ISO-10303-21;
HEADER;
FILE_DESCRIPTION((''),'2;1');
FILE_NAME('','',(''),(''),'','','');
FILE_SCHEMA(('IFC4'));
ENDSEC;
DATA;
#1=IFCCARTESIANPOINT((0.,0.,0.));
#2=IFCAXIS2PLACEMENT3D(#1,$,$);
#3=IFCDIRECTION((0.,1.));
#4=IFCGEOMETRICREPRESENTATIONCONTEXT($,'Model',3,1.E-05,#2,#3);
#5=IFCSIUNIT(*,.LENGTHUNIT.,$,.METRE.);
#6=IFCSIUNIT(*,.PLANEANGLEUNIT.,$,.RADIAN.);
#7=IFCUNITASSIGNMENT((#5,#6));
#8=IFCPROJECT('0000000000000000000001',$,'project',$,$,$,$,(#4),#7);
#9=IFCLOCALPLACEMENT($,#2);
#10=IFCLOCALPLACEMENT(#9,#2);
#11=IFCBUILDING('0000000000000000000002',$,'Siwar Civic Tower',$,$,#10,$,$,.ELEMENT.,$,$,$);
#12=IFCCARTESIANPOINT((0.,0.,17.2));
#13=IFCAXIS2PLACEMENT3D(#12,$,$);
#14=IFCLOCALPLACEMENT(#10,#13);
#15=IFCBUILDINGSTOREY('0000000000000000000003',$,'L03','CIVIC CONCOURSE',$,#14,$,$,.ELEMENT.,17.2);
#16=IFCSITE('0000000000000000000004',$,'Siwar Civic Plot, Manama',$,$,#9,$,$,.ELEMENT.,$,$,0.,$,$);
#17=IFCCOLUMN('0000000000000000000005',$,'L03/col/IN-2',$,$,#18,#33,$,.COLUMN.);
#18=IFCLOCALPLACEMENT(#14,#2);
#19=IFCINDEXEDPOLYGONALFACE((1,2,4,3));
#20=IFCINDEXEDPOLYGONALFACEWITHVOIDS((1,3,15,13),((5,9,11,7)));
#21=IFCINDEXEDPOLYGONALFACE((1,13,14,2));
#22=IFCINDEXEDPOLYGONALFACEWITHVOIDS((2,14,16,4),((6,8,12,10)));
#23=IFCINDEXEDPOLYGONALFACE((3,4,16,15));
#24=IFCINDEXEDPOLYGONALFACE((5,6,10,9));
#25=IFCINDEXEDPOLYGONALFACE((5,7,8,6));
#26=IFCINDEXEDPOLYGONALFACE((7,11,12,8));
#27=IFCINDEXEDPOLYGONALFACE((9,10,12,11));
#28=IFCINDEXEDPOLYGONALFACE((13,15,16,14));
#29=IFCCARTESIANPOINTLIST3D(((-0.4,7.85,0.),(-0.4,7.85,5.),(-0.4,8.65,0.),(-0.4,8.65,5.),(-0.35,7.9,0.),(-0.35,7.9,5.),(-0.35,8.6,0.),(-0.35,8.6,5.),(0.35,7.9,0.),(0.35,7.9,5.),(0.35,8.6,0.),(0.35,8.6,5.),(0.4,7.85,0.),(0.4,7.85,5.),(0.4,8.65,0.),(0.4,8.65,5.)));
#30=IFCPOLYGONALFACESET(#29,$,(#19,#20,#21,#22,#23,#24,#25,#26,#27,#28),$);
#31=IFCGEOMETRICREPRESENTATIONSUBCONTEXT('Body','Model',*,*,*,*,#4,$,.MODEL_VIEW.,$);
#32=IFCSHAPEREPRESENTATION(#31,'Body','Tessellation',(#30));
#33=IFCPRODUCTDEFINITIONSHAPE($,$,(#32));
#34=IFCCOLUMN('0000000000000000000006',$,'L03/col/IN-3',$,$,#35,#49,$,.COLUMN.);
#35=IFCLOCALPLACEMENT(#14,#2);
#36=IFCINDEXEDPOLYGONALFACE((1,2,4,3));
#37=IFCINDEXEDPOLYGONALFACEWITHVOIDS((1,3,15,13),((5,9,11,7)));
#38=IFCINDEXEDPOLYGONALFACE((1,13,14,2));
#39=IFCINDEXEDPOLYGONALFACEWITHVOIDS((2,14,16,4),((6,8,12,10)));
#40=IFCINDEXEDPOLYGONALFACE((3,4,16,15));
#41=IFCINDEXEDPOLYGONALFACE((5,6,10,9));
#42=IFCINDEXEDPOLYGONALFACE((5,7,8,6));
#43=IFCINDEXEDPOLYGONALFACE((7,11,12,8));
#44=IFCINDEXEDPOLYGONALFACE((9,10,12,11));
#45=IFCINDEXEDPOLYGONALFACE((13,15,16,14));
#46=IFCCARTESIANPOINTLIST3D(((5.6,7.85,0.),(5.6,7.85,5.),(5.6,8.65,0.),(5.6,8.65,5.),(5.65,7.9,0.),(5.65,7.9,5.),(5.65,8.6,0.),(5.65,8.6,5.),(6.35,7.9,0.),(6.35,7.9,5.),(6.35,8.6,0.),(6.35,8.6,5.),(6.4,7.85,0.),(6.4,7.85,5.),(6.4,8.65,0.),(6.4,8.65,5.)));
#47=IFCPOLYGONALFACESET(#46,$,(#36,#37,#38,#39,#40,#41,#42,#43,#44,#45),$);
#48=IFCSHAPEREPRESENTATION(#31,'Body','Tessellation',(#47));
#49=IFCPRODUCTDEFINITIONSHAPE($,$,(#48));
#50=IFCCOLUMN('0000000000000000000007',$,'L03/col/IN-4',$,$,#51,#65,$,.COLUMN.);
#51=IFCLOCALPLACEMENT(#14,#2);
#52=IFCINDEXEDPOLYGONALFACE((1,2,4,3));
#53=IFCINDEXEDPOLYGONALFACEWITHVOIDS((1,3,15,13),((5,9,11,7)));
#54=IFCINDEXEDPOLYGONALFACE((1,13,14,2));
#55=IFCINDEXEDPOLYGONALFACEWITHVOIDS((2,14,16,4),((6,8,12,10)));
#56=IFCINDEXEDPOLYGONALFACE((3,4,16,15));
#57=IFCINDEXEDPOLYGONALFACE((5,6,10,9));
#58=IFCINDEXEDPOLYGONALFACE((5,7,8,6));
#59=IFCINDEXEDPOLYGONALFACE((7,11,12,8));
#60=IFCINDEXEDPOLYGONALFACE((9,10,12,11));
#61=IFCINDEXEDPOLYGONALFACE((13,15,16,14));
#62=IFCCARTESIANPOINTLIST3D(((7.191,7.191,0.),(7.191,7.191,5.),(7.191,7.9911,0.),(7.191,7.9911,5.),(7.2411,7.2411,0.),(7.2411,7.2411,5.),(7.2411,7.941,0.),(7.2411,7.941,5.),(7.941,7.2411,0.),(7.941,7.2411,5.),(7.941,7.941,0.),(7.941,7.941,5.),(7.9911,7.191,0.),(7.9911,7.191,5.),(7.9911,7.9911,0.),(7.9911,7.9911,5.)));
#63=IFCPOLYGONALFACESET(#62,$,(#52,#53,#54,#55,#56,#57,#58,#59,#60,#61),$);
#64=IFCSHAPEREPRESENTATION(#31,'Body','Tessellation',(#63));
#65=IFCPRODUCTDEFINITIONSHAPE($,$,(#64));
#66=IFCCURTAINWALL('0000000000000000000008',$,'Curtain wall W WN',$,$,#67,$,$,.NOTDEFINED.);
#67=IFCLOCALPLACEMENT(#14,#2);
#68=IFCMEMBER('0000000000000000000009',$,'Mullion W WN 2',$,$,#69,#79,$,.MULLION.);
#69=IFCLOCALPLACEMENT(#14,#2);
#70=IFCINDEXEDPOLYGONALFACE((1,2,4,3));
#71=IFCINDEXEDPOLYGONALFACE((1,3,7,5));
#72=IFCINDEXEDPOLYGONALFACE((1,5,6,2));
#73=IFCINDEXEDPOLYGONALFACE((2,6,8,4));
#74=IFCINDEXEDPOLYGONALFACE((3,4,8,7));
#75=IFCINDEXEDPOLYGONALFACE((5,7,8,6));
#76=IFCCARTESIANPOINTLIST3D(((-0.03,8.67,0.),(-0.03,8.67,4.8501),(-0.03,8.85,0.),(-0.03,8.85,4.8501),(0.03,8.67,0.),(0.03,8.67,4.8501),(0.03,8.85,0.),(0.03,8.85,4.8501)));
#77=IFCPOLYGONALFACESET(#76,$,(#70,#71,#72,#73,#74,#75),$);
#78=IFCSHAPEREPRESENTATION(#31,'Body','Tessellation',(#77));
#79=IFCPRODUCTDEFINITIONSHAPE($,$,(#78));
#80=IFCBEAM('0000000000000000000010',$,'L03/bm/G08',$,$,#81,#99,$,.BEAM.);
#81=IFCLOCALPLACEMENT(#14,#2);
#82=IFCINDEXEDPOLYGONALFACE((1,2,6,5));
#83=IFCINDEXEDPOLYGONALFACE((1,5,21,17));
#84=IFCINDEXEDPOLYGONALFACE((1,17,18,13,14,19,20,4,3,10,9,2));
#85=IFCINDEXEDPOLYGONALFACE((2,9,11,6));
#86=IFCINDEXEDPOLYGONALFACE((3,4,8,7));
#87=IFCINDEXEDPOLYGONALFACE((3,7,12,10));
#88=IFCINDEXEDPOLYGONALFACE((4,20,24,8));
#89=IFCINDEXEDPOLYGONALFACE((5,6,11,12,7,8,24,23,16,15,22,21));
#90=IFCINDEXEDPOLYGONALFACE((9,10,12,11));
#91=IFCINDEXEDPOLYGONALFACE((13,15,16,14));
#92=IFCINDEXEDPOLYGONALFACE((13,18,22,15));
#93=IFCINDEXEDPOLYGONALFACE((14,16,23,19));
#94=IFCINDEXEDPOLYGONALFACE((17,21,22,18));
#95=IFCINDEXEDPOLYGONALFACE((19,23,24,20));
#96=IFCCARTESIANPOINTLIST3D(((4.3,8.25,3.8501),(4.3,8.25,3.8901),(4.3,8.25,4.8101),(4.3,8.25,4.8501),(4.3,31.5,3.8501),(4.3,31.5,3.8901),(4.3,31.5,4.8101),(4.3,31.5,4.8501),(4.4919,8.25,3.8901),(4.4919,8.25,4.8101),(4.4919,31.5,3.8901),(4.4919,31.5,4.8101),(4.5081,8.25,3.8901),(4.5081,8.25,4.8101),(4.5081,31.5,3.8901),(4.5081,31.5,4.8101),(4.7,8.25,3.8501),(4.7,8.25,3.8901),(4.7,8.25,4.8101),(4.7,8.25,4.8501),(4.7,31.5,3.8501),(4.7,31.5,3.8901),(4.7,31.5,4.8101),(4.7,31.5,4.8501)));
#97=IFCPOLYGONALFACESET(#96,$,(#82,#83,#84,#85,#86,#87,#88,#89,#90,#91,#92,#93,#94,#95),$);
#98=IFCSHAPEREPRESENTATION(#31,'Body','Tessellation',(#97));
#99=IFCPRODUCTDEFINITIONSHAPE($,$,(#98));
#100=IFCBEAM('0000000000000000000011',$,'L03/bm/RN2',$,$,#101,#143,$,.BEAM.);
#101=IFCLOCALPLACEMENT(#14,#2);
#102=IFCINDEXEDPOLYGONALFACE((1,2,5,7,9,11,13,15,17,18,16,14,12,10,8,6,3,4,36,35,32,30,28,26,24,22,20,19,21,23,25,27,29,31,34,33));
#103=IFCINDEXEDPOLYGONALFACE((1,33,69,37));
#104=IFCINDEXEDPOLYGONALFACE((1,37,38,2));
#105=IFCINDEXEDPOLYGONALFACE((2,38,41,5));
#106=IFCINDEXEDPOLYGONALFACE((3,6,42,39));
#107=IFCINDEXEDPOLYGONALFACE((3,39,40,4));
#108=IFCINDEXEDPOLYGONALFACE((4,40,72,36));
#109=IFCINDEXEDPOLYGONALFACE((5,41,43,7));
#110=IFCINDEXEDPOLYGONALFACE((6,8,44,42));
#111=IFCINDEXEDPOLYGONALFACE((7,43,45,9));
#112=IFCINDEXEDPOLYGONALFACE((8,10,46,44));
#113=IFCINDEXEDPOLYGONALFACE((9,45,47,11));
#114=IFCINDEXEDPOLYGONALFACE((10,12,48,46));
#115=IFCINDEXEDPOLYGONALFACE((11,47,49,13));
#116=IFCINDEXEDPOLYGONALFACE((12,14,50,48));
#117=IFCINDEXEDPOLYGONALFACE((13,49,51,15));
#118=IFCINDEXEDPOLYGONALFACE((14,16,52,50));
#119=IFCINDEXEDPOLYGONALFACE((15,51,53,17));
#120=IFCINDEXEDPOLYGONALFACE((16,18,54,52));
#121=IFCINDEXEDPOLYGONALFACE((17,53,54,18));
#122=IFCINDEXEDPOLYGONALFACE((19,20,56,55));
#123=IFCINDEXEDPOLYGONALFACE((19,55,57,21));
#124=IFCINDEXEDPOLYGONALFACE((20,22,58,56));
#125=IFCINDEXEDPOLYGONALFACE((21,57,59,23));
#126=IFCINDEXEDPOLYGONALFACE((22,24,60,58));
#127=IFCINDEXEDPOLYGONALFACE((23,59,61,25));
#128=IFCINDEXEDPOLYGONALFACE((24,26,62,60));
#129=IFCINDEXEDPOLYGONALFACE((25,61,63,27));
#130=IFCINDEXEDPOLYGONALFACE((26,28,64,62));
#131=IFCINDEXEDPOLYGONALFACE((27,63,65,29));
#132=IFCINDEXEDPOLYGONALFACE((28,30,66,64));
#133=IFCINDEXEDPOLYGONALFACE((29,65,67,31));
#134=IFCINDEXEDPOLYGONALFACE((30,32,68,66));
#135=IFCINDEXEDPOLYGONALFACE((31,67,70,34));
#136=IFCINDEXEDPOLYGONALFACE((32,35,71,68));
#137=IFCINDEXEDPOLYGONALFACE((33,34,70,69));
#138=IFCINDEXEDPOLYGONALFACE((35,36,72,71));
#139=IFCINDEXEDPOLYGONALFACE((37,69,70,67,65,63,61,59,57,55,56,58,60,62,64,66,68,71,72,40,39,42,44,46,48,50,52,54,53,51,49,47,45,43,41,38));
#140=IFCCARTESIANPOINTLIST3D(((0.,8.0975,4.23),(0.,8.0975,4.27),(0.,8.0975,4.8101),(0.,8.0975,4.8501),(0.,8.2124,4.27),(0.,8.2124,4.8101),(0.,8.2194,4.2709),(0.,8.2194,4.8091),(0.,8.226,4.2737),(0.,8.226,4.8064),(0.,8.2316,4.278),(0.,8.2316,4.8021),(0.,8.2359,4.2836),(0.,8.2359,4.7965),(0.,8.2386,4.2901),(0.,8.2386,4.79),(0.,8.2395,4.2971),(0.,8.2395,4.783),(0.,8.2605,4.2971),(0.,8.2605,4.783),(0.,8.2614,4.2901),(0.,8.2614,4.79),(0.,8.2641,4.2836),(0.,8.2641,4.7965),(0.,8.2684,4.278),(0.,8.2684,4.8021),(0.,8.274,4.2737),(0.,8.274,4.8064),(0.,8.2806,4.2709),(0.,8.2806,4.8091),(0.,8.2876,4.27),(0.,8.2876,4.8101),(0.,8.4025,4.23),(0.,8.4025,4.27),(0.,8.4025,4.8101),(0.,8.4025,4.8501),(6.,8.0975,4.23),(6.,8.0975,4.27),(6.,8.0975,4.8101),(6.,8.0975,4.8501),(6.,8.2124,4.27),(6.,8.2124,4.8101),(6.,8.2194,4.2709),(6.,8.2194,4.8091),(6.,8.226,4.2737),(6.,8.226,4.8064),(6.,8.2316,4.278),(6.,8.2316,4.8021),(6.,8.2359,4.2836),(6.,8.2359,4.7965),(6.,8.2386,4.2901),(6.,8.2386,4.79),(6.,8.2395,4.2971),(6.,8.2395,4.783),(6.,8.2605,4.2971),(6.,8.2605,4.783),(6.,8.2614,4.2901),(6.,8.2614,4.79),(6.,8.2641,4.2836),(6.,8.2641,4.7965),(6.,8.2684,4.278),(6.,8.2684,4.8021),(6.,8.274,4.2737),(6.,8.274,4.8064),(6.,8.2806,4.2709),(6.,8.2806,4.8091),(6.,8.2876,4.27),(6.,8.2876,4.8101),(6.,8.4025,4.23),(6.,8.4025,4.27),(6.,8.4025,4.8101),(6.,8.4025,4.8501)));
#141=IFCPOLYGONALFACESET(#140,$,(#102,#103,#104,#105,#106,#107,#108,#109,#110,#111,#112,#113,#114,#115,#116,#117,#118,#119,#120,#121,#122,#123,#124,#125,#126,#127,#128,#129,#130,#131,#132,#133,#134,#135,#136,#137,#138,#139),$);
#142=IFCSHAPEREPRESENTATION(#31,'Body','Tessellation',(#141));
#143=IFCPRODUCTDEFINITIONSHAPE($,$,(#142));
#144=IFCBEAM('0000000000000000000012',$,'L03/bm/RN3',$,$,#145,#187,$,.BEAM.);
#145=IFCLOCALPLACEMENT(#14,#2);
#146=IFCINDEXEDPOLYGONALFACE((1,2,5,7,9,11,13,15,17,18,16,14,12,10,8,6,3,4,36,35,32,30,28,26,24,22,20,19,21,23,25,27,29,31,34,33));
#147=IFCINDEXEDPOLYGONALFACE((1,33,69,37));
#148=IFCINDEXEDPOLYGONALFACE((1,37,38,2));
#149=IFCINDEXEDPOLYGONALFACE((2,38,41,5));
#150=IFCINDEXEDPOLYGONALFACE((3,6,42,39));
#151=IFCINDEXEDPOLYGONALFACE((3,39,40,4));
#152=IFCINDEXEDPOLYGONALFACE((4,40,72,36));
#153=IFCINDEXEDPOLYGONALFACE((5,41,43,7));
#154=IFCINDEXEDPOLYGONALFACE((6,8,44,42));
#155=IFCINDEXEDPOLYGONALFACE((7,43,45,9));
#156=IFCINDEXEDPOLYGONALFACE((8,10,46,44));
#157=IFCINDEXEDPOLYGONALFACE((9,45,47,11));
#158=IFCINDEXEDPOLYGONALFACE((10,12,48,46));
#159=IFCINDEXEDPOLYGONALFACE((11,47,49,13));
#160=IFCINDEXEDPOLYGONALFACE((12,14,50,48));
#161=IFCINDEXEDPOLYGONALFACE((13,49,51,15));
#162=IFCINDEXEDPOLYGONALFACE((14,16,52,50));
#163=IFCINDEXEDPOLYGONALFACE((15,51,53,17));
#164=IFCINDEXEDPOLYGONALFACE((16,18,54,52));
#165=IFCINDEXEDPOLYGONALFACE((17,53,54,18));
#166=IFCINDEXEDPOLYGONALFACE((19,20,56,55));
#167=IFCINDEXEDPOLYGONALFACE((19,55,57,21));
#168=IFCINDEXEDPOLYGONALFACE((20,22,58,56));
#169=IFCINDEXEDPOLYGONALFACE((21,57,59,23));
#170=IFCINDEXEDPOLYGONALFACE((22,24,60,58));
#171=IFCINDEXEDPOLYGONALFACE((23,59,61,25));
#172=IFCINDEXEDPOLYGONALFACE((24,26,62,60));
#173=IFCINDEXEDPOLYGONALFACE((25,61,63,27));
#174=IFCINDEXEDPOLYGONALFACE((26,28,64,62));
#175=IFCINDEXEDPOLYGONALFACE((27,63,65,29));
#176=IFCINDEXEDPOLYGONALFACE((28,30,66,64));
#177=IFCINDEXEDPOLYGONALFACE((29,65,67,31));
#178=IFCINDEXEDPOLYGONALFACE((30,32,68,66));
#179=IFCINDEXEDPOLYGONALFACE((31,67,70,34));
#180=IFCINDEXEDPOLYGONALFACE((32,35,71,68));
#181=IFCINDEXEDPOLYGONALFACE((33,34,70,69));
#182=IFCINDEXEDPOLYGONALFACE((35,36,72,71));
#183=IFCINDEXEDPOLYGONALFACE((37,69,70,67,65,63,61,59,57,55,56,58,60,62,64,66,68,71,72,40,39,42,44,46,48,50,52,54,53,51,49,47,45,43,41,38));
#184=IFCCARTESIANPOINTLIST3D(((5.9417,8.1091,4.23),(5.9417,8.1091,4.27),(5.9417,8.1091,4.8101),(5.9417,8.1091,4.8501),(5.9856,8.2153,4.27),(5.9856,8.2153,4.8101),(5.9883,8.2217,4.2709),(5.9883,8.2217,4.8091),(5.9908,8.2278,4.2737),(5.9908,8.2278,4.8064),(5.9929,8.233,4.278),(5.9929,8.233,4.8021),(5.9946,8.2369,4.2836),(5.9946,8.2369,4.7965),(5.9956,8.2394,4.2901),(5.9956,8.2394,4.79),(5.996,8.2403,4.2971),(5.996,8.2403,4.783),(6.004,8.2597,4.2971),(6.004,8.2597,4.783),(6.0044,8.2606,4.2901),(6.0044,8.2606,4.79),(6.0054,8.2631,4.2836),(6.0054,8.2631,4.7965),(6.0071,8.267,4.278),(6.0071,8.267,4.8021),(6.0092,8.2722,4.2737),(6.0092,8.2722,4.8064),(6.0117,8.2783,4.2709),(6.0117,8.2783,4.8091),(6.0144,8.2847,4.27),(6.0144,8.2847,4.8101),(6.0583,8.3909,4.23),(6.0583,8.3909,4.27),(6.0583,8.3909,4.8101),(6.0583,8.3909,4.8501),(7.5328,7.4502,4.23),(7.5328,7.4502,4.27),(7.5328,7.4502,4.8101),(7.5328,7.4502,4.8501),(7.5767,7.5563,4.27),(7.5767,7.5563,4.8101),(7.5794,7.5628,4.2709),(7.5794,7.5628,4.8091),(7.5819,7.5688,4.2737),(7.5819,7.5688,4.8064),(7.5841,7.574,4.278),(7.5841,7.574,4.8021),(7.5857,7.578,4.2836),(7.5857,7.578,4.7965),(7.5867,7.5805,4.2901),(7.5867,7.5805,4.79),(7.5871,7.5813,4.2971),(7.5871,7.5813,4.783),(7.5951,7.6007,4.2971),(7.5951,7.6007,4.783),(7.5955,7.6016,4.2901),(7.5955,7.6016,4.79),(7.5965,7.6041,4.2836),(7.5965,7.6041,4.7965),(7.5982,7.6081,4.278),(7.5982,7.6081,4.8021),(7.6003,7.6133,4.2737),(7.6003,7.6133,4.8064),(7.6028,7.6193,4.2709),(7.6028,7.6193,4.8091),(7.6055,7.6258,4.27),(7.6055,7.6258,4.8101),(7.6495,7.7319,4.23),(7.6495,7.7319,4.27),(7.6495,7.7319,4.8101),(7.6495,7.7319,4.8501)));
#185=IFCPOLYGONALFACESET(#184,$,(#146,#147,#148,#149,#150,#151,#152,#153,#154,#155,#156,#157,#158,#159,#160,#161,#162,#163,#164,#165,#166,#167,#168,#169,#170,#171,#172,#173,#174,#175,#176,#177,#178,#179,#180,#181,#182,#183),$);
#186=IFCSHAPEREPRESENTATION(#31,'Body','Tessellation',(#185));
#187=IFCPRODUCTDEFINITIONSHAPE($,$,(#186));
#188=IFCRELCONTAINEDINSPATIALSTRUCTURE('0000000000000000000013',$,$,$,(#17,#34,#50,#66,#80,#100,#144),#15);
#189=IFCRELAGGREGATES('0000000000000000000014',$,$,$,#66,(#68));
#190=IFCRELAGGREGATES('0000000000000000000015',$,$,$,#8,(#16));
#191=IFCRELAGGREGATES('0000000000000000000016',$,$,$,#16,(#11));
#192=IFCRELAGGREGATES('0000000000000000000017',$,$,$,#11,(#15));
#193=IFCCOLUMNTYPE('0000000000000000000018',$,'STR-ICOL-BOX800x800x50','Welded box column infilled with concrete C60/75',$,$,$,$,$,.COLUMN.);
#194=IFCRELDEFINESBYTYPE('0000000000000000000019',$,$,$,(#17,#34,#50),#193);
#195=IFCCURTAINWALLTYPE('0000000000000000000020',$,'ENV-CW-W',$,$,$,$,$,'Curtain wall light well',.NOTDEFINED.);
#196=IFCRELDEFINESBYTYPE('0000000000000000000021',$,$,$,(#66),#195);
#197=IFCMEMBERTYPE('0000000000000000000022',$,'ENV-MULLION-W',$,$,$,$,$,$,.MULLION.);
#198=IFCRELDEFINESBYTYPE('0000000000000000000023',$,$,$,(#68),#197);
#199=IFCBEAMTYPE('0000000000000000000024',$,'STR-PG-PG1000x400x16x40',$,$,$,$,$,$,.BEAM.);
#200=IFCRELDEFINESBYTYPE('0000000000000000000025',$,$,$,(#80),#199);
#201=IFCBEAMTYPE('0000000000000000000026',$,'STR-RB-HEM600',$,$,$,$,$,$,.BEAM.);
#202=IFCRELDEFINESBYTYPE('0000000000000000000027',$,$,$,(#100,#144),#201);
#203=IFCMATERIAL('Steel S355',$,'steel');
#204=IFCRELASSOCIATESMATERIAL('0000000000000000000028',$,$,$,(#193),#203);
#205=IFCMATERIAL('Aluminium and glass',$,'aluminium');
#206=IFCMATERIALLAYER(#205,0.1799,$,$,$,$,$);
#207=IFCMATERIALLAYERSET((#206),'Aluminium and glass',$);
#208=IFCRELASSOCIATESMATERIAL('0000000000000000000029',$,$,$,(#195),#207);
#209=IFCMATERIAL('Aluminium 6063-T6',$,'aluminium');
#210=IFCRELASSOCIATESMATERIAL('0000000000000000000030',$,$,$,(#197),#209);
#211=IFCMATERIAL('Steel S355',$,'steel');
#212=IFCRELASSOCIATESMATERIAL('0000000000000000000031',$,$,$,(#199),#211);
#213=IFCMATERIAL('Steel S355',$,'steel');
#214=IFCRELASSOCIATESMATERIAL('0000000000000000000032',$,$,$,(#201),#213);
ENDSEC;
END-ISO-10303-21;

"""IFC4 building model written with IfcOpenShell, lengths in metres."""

from ifc_helpers import new_model, si_unit, direction, frame, origin, origin_2d, place, context, subcontext, project, spatial, rectangle, hollow_rectangle, i_section, extrude, material, layer, layer_set, material_profile, profile_set, type_object, element, aggregate, save


model = new_model("IFC4")

# Units and contexts
model_context = context("Model", 3, precision=1e-05, world=origin(), true_north=direction((0.0, 1.0)))
body_context = subcontext(model_context, "Body", "Model", "MODEL_VIEW")
ifc_project = project(units=[si_unit("LENGTHUNIT", "METRE"), si_unit("PLANEANGLEUNIT", "RADIAN")], contexts=[model_context])

# Site, building, storey
site_placement = place(None, origin())
site = spatial("IfcSite", under=ifc_project, at=site_placement, Name="Siwar Civic Plot, Manama", CompositionType="ELEMENT", RefElevation=0.0)
building_placement = place(site_placement, origin())
building = spatial("IfcBuilding", under=site, at=building_placement, Name="Siwar Civic Tower", CompositionType="ELEMENT")
storey_placement = place(building_placement, frame((0.0, 0.0, 17.2)))
storey = spatial("IfcBuildingStorey", under=building, at=storey_placement, Name="L03", Description="CIVIC CONCOURSE", CompositionType="ELEMENT", Elevation=17.2)

# Columns
ifc_material_1 = material(Name="Steel S355", Category="steel")
ifc_material_profile_1 = material_profile(ifc_material_1, hollow_rectangle(XDim=0.8, YDim=0.8, WallThickness=0.05, at=origin_2d()), Name="BOX800x800x50")
ifc_profile_set_1 = profile_set([ifc_material_profile_1], Name="Steel S355")
column_type = type_object("IfcColumnType", Name="STR-ICOL-BOX800x800x50", Description="Welded box column infilled with concrete C60/75", PredefinedType="COLUMN", material=ifc_profile_set_1)
for number, where, z_axis, x_axis, name in (
    (1, (0.0, 8.25, 0.0), (0.0, 0.0, 1.0), (1.0, 0.0, 0.0), "L03/col/IN-2"),
    (2, (6.0, 8.25, 0.0), (0.0, 0.0, 1.0), (1.0, 0.0, 0.0), "L03/col/IN-3"),
    (3, (7.5911, 7.5911, 0.0), (0.0, 0.0, 1.0), (1.0, 0.0, 0.0), "L03/col/IN-4"),
):
    element("IfcColumn", number, at=place(storey_placement, frame(where, z_axis=z_axis, x_axis=x_axis)), inside=storey, type_object=column_type, Name=name, PredefinedType="COLUMN", context=body_context, shape_type="SweptSolid", body=[
        extrude(hollow_rectangle(XDim=0.8, YDim=0.8, WallThickness=0.05, at=origin_2d()), origin(), (0.0, 0.0, 1.0), 5.0),
    ])

# Curtain wall, member
ifc_material_2 = material(Name="Aluminium and glass", Category="aluminium")
ifc_layer_1 = layer(ifc_material_2, 0.1799)
ifc_layer_set_1 = layer_set([ifc_layer_1], Name="Aluminium and glass")
curtain_wall_type = type_object("IfcCurtainWallType", Name="ENV-CW-W", ElementType="Curtain wall light well", PredefinedType="NOTDEFINED", material=ifc_layer_set_1)
curtain_wall_placement = place(storey_placement, origin())
curtain_wall = element("IfcCurtainWall", 4, at=curtain_wall_placement, inside=storey, type_object=curtain_wall_type, Name="Curtain wall W WN", PredefinedType="NOTDEFINED")
ifc_material_3 = material(Name="Aluminium 6063-T6", Category="aluminium")
ifc_material_profile_2 = material_profile(ifc_material_3, rectangle(XDim=0.1799, YDim=0.0601, at=origin_2d()), Name="AL 180x60")
ifc_profile_set_2 = profile_set([ifc_material_profile_2], Name="Aluminium 6063-T6")
member_type = type_object("IfcMemberType", Name="ENV-MULLION-W", PredefinedType="MULLION", material=ifc_profile_set_2)
member_placement = place(storey_placement, frame((0.0, 8.76, 0.0), z_axis=(0.0, 0.0, 1.0), x_axis=(0.0, -1.0, 0.0)))
member = element("IfcMember", 5, at=member_placement, type_object=member_type, Name="Mullion W WN 2", PredefinedType="MULLION", context=body_context, shape_type="SweptSolid", body=[
    extrude(rectangle(XDim=0.1799, YDim=0.0601, at=origin_2d()), origin(), (0.0, 0.0, 1.0), 4.8501),
])
aggregate(curtain_wall, [member])

# Beams
ifc_material_4 = material(Name="Steel S355", Category="steel")
ifc_material_profile_3 = material_profile(ifc_material_4, i_section(OverallWidth=0.3999, OverallDepth=1.0, WebThickness=0.0161, FlangeThickness=0.04, at=origin_2d()), Name="PG1000x400x16x40")
ifc_profile_set_3 = profile_set([ifc_material_profile_3], Name="Steel S355")
beam_type_1 = type_object("IfcBeamType", Name="STR-PG-PG1000x400x16x40", PredefinedType="BEAM", material=ifc_profile_set_3)
beam_1_placement = place(storey_placement, frame((4.5, 8.25, 4.3501), z_axis=(0.0, 1.0, 0.0), x_axis=(-1.0, 0.0, 0.0)))
element("IfcBeam", 6, at=beam_1_placement, inside=storey, type_object=beam_type_1, Name="L03/bm/G08", PredefinedType="BEAM", context=body_context, shape_type="SweptSolid", body=[
    extrude(i_section(OverallWidth=0.3999, OverallDepth=1.0, WebThickness=0.0161, FlangeThickness=0.04, at=origin_2d()), origin(), (0.0, 0.0, 1.0), 23.25),
])
ifc_material_5 = material(Name="Steel S355", Category="steel")
ifc_material_profile_4 = material_profile(ifc_material_5, i_section(OverallWidth=0.3049, OverallDepth=0.6201, WebThickness=0.021, FlangeThickness=0.04, FilletRadius=0.0271, at=origin_2d()), Name="HEM600")
ifc_profile_set_4 = profile_set([ifc_material_profile_4], Name="Steel S355")
beam_type_2 = type_object("IfcBeamType", Name="STR-RB-HEM600", PredefinedType="BEAM", material=ifc_profile_set_4)
beam_2_placement = place(storey_placement, frame((0.0, 8.25, 4.54), z_axis=(1.0, 0.0, 0.0), x_axis=(0.0, 1.0, 0.0)))
element("IfcBeam", 7, at=beam_2_placement, inside=storey, type_object=beam_type_2, Name="L03/bm/RN2", PredefinedType="BEAM", context=body_context, shape_type="SweptSolid", body=[
    extrude(i_section(OverallWidth=0.3049, OverallDepth=0.6201, WebThickness=0.021, FlangeThickness=0.04, FilletRadius=0.0271, at=origin_2d()), origin(), (0.0, 0.0, 1.0), 6.0),
])
for number, where, z_axis, x_axis, name in (
    (8, (6.0, 8.25, 4.54), (0.923901, -0.382631, 0.0), (0.382631, 0.923901, 0.0), "L03/bm/RN3"),
):
    element("IfcBeam", number, at=place(storey_placement, frame(where, z_axis=z_axis, x_axis=x_axis)), inside=storey, type_object=beam_type_2, Name=name, PredefinedType="BEAM", context=body_context, shape_type="SweptSolid", body=[
        extrude(i_section(OverallWidth=0.3049, OverallDepth=0.6201, WebThickness=0.021, FlangeThickness=0.04, FilletRadius=0.0271, at=origin_2d()), origin(), (0.0, 0.0, 1.0), 1.7222),
    ])

save(model, "model.ifc")
